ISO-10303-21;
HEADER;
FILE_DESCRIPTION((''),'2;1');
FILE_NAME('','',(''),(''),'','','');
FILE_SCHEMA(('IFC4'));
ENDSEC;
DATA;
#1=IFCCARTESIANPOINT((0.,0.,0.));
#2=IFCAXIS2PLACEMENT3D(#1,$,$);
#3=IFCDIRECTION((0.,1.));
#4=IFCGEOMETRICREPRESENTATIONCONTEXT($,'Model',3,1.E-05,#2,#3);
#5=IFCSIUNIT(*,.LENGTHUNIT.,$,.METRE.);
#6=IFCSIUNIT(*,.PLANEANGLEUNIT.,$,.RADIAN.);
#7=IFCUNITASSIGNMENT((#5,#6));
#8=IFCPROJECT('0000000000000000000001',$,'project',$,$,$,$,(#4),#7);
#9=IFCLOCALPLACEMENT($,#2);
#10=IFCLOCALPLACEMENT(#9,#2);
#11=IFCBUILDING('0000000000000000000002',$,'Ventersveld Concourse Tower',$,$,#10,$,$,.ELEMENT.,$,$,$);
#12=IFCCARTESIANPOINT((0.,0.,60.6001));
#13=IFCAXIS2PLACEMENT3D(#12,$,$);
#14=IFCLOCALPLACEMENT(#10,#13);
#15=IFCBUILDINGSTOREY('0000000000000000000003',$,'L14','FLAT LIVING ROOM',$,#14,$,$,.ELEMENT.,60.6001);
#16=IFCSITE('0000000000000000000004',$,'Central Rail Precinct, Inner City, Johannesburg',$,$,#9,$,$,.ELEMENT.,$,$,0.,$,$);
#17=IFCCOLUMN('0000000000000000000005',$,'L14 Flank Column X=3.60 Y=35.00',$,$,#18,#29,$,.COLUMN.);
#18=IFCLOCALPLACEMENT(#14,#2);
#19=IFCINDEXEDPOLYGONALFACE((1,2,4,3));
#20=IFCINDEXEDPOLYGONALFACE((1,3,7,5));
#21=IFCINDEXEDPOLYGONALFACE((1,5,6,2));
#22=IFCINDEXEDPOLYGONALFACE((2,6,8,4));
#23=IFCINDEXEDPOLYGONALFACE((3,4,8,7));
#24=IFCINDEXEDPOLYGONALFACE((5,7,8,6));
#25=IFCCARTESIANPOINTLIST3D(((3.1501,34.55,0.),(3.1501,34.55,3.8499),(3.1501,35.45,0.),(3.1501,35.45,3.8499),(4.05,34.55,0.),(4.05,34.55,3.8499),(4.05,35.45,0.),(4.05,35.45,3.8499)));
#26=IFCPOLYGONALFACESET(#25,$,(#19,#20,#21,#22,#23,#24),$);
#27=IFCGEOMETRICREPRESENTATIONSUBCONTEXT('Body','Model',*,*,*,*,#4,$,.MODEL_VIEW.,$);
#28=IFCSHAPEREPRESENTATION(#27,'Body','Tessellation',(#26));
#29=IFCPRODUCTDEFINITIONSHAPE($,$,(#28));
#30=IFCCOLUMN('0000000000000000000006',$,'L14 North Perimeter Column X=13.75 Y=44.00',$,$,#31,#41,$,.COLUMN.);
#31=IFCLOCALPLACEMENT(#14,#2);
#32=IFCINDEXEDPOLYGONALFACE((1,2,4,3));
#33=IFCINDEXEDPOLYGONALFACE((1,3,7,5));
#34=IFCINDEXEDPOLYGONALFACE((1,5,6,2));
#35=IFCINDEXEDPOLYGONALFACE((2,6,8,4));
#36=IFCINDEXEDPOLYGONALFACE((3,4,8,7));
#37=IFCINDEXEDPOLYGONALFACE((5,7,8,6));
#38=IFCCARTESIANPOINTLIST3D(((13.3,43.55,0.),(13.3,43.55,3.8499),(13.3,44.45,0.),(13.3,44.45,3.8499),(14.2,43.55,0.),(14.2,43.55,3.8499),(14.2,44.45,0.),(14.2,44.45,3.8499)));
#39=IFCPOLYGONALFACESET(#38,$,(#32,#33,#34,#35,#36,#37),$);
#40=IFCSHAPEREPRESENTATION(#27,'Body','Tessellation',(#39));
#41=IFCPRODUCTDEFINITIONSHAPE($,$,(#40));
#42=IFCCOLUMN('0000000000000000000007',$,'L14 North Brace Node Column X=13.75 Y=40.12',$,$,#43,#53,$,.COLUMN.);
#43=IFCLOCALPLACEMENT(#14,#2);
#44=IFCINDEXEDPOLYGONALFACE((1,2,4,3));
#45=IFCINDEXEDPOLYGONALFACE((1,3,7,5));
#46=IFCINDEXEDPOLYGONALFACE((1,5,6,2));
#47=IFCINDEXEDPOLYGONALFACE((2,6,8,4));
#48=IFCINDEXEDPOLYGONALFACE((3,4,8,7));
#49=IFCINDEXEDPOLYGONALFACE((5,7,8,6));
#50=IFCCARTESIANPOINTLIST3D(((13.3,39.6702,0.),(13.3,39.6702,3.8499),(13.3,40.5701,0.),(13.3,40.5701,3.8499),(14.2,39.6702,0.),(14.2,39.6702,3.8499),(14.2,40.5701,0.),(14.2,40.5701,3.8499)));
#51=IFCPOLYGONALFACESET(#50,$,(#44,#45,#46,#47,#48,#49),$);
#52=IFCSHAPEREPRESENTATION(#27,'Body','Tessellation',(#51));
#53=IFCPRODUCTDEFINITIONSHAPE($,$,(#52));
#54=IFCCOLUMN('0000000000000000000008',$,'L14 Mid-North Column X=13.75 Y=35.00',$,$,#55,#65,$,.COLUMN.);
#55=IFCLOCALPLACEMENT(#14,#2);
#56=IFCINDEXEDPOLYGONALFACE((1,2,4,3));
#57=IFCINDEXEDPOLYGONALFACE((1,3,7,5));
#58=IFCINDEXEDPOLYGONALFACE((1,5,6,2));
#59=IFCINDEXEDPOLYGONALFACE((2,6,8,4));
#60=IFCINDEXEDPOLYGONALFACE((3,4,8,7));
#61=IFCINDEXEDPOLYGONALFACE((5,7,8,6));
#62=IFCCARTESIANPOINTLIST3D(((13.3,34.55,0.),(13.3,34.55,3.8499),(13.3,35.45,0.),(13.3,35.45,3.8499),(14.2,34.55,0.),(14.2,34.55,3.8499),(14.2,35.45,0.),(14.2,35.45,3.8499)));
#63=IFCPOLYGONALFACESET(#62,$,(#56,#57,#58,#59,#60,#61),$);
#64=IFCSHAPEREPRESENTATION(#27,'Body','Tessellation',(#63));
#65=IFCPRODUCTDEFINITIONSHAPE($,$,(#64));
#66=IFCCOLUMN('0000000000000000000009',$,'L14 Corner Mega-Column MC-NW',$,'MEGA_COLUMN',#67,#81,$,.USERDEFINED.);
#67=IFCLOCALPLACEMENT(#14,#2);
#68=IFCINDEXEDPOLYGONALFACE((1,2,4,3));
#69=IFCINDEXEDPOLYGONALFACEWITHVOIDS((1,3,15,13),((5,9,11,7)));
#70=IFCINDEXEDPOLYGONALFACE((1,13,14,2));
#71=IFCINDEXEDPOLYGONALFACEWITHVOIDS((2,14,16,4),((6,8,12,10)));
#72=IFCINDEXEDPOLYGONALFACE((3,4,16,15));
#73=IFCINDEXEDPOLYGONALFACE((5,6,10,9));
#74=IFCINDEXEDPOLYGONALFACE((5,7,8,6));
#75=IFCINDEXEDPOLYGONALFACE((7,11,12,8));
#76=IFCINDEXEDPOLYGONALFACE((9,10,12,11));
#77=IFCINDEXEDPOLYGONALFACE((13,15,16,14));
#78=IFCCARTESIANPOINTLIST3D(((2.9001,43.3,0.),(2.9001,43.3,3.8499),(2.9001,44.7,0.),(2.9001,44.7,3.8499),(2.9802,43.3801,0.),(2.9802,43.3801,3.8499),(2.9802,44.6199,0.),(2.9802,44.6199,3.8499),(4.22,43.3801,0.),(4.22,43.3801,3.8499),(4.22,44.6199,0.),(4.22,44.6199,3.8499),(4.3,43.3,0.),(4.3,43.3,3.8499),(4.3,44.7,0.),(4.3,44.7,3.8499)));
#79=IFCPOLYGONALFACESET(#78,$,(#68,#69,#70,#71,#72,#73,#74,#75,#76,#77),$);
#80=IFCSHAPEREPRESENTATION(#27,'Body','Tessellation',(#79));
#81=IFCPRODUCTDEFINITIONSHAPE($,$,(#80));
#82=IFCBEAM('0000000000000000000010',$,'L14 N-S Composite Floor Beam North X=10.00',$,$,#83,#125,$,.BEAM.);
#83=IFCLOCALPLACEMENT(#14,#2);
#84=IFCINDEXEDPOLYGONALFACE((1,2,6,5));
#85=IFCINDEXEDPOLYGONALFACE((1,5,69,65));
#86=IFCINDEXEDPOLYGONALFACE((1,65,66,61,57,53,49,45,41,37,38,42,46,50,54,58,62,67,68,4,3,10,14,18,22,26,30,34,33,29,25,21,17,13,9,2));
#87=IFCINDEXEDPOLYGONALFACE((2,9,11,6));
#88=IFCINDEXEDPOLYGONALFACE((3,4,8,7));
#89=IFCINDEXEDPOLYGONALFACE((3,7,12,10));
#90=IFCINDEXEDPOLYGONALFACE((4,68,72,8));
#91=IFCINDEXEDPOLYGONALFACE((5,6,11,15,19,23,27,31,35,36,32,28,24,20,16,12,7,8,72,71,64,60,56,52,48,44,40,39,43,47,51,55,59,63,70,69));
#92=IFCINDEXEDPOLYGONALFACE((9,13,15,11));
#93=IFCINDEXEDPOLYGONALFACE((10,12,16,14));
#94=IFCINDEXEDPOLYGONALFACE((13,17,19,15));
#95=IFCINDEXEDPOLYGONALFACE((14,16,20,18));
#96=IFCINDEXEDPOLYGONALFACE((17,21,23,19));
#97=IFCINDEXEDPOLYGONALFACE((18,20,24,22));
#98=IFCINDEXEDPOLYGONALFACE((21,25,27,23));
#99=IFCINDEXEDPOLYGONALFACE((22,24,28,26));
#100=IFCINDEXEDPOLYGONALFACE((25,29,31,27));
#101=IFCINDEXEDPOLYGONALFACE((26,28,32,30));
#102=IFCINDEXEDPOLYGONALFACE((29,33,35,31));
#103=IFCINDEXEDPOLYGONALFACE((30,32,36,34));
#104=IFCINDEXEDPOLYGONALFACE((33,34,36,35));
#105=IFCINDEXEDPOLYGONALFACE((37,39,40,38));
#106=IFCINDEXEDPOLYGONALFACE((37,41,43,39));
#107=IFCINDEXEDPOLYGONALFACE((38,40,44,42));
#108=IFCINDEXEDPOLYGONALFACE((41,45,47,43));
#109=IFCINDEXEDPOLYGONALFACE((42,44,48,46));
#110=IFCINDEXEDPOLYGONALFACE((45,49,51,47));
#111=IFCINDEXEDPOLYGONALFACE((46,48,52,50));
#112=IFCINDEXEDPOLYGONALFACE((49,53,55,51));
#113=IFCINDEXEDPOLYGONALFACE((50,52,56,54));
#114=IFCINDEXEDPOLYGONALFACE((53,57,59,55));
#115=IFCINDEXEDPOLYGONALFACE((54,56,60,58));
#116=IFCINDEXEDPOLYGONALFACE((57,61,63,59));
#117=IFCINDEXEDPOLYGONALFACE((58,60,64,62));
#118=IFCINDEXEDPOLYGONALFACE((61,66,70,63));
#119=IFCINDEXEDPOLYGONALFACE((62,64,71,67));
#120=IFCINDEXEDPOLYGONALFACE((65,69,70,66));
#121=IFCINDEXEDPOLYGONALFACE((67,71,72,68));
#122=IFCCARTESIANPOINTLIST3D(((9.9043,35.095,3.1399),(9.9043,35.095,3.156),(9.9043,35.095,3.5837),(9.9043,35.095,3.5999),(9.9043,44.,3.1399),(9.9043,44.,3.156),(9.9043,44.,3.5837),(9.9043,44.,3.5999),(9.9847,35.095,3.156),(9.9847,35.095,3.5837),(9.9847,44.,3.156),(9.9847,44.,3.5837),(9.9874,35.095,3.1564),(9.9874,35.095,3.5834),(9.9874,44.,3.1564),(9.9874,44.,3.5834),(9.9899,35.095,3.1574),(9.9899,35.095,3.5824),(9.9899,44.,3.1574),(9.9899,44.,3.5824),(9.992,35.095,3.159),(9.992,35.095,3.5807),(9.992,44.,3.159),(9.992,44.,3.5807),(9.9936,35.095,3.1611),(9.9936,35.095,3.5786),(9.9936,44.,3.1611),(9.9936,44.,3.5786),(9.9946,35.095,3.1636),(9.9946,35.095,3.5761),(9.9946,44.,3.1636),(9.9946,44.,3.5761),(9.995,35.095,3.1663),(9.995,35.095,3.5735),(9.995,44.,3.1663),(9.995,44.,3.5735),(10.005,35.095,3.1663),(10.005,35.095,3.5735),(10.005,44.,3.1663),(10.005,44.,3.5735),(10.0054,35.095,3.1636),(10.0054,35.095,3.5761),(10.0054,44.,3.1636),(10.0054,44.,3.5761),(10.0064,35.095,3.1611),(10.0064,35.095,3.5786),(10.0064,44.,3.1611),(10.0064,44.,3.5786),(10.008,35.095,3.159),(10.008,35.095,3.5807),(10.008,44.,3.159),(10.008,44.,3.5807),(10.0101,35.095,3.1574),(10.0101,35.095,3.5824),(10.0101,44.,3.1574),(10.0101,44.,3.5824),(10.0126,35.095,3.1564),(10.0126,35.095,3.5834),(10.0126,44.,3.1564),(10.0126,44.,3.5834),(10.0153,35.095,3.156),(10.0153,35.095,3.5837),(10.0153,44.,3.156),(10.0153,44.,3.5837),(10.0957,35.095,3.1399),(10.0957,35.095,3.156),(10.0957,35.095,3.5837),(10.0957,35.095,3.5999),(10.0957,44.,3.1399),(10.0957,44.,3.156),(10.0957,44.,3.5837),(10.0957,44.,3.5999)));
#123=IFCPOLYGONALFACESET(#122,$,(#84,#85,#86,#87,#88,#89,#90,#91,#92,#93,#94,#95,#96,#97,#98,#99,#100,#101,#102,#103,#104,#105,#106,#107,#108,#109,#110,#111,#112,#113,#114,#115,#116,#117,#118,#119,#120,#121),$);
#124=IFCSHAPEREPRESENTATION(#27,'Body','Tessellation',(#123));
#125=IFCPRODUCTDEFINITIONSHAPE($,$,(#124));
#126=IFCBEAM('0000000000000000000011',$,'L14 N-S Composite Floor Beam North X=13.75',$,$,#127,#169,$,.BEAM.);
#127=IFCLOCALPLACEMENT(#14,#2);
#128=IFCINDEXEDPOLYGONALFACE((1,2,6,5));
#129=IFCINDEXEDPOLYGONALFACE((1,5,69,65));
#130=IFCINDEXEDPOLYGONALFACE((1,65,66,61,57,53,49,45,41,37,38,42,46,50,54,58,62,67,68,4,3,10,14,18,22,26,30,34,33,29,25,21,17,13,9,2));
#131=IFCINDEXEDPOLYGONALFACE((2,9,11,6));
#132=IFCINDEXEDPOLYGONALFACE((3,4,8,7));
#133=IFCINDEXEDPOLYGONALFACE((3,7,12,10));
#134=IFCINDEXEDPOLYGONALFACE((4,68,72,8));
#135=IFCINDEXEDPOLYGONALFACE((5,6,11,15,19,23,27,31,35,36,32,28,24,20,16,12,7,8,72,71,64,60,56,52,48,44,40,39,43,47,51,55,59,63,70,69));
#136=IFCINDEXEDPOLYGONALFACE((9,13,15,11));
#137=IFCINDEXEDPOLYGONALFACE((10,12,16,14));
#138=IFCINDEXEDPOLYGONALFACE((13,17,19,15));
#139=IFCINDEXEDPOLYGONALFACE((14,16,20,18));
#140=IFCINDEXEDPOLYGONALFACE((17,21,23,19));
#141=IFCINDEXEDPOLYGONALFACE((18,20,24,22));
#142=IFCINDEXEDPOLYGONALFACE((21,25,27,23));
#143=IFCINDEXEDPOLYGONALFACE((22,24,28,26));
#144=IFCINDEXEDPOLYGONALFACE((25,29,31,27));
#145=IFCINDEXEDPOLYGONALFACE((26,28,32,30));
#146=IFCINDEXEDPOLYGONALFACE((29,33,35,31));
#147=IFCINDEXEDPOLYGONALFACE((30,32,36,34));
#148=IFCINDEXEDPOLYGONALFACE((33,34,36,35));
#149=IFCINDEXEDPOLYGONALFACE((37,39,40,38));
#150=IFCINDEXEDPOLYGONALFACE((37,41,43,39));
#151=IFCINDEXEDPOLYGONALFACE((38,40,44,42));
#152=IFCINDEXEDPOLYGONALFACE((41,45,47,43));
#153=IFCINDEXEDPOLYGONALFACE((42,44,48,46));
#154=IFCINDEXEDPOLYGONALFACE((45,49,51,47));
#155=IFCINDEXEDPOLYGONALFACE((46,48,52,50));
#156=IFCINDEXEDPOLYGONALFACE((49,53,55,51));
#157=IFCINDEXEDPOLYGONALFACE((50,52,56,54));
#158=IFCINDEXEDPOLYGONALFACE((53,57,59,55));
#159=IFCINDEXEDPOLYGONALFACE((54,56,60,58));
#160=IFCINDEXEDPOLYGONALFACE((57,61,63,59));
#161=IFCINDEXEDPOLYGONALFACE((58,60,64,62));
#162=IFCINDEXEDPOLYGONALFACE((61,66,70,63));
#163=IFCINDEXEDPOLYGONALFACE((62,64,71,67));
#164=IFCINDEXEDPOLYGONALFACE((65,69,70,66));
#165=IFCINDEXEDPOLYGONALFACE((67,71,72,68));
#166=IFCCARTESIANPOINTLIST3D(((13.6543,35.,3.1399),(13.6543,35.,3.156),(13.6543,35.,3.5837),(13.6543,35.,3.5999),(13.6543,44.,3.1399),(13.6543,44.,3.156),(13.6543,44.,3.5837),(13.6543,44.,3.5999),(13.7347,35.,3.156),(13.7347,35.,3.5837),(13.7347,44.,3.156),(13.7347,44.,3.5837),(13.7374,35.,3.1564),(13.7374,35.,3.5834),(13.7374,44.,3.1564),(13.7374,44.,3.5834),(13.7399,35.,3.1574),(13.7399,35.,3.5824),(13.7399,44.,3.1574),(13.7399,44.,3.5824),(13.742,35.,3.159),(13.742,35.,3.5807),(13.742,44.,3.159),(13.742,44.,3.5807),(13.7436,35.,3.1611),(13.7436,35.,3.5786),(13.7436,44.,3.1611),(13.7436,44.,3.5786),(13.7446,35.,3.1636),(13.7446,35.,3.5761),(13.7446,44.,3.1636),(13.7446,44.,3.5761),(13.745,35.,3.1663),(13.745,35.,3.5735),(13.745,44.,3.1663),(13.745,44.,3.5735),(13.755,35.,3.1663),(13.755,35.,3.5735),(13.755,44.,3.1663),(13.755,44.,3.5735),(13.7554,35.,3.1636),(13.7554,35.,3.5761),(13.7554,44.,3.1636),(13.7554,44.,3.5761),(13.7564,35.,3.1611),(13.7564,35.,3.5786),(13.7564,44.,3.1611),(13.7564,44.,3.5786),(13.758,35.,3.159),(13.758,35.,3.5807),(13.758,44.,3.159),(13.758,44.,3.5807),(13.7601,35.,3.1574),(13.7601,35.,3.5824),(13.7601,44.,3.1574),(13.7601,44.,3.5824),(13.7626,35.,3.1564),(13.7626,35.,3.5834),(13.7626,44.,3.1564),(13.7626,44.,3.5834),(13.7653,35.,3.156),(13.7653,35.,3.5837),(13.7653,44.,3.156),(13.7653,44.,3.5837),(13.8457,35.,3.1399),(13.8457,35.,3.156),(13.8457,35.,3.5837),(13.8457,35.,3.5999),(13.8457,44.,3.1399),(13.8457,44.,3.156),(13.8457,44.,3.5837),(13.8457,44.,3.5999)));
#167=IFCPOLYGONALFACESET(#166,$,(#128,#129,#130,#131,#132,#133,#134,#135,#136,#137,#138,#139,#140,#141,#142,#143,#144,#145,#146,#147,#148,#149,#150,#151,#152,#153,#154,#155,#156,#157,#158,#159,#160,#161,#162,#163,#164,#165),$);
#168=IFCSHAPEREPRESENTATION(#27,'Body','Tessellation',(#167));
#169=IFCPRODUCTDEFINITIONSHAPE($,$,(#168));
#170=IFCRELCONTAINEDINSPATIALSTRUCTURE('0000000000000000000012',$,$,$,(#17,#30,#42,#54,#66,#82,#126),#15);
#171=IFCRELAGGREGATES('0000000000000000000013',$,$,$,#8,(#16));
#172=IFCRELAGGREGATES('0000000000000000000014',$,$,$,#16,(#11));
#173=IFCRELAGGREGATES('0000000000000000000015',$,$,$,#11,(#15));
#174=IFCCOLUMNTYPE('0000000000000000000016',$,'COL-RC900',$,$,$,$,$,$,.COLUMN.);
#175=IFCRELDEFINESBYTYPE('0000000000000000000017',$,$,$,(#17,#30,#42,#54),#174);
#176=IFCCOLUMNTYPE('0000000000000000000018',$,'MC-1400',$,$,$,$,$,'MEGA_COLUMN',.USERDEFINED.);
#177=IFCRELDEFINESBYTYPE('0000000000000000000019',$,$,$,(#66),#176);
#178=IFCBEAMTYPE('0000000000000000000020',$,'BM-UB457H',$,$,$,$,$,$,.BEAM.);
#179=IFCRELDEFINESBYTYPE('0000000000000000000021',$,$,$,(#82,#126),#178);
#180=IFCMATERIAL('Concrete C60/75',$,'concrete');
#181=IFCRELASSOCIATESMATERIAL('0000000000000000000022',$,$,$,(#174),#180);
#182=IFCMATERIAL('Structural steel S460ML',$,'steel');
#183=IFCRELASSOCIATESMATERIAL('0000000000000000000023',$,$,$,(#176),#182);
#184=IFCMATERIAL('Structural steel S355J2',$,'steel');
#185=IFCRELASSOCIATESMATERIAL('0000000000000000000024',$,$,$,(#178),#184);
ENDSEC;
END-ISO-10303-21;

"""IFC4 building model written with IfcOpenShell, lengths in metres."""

from ifc_helpers import new_model, si_unit, direction, frame, origin, origin_2d, place, context, subcontext, project, spatial, rectangle, hollow_rectangle, i_section, extrude, material, material_profile, profile_set, type_object, element, save


model = new_model("IFC4")

# Units and contexts
model_context = context("Model", 3, precision=1e-05, world=origin(), true_north=direction((0.0, 1.0)))
body_context = subcontext(model_context, "Body", "Model", "MODEL_VIEW")
ifc_project = project(units=[si_unit("LENGTHUNIT", "METRE"), si_unit("PLANEANGLEUNIT", "RADIAN")], contexts=[model_context])

# Site, building, storey
site_placement = place(None, origin())
site = spatial("IfcSite", under=ifc_project, at=site_placement, Name="Central Rail Precinct, Inner City, Johannesburg", CompositionType="ELEMENT", RefElevation=0.0)
building_placement = place(site_placement, origin())
building = spatial("IfcBuilding", under=site, at=building_placement, Name="Ventersveld Concourse Tower", CompositionType="ELEMENT")
storey_placement = place(building_placement, frame((0.0, 0.0, 60.6001)))
storey = spatial("IfcBuildingStorey", under=building, at=storey_placement, Name="L14", Description="FLAT LIVING ROOM", CompositionType="ELEMENT", Elevation=60.6001)

# Columns
ifc_material_1 = material(Name="Concrete C60/75", Category="concrete")
ifc_material_profile_1 = material_profile(ifc_material_1, rectangle(XDim=0.8999, YDim=0.8999, at=origin_2d()), Name="RC 900x900")
ifc_profile_set_1 = profile_set([ifc_material_profile_1], Name="Concrete C60/75")
column_type_1 = type_object("IfcColumnType", Name="COL-RC900", PredefinedType="COLUMN", material=ifc_profile_set_1)
for number, where, z_axis, x_axis, name in (
    (1, (3.6001, 35.0, 0.0), (0.0, 0.0, 1.0), (1.0, 0.0, 0.0), "L14 Flank Column X=3.60 Y=35.00"),
    (2, (13.75, 44.0, 0.0), (0.0, 0.0, 1.0), (1.0, 0.0, 0.0), "L14 North Perimeter Column X=13.75 Y=44.00"),
    (3, (13.75, 40.1201, 0.0), (0.0, 0.0, 1.0), (1.0, 0.0, 0.0), "L14 North Brace Node Column X=13.75 Y=40.12"),
    (4, (13.75, 35.0, 0.0), (0.0, 0.0, 1.0), (1.0, 0.0, 0.0), "L14 Mid-North Column X=13.75 Y=35.00"),
):
    element("IfcColumn", number, at=place(storey_placement, frame(where, z_axis=z_axis, x_axis=x_axis)), inside=storey, type_object=column_type_1, Name=name, PredefinedType="COLUMN", context=body_context, shape_type="SweptSolid", body=[
        extrude(rectangle(XDim=0.8999, YDim=0.8999, at=origin_2d()), origin(), (0.0, 0.0, 1.0), 3.8499),
    ])
ifc_material_2 = material(Name="Structural steel S460ML", Category="steel")
ifc_material_profile_2 = material_profile(ifc_material_2, hollow_rectangle(XDim=1.3999, YDim=1.3999, WallThickness=0.0801, at=origin_2d()), Name="BOX 1400x1400x80")
ifc_profile_set_2 = profile_set([ifc_material_profile_2], Name="Structural steel S460ML")
column_type_2 = type_object("IfcColumnType", Name="MC-1400", ElementType="MEGA_COLUMN", PredefinedType="USERDEFINED", material=ifc_profile_set_2)
column_placement = place(storey_placement, frame((3.6001, 44.0, 0.0), z_axis=(0.0, 0.0, 1.0), x_axis=(1.0, 0.0, 0.0)))
element("IfcColumn", 5, at=column_placement, inside=storey, type_object=column_type_2, Name="L14 Corner Mega-Column MC-NW", ObjectType="MEGA_COLUMN", PredefinedType="USERDEFINED", context=body_context, shape_type="SweptSolid", body=[
    extrude(hollow_rectangle(XDim=1.3999, YDim=1.3999, WallThickness=0.0801, at=origin_2d()), origin(), (0.0, 0.0, 1.0), 3.8499),
])

# Beams
ifc_material_3 = material(Name="Structural steel S355J2", Category="steel")
ifc_material_profile_3 = material_profile(ifc_material_3, i_section(OverallWidth=0.1914, OverallDepth=0.46, WebThickness=0.01, FlangeThickness=0.0161, FilletRadius=0.0103, at=origin_2d()), Name="UB 457x191x82")
ifc_profile_set_3 = profile_set([ifc_material_profile_3], Name="Structural steel S355J2")
beam_type_1 = type_object("IfcBeamType", Name="BM-UB457H", PredefinedType="BEAM", material=ifc_profile_set_3)
beam_1_placement = place(storey_placement, frame((10.0, 35.095, 3.3699), z_axis=(0.0, 1.0, 0.0), x_axis=(-1.0, 0.0, 0.0)))
element("IfcBeam", 6, at=beam_1_placement, inside=storey, type_object=beam_type_1, Name="L14 N-S Composite Floor Beam North X=10.00", PredefinedType="BEAM", context=body_context, shape_type="SweptSolid", body=[
    extrude(i_section(OverallWidth=0.1914, OverallDepth=0.46, WebThickness=0.01, FlangeThickness=0.0161, FilletRadius=0.0103, at=origin_2d()), origin(), (0.0, 0.0, 1.0), 8.905),
])
beam_2_placement = place(storey_placement, frame((13.75, 35.0, 3.3699), z_axis=(0.0, 1.0, 0.0), x_axis=(-1.0, 0.0, 0.0)))
element("IfcBeam", 7, at=beam_2_placement, inside=storey, type_object=beam_type_1, Name="L14 N-S Composite Floor Beam North X=13.75", PredefinedType="BEAM", context=body_context, shape_type="SweptSolid", body=[
    extrude(i_section(OverallWidth=0.1914, OverallDepth=0.46, WebThickness=0.01, FlangeThickness=0.0161, FilletRadius=0.0103, at=origin_2d()), origin(), (0.0, 0.0, 1.0), 9.0),
])

save(model, "model.ifc")
